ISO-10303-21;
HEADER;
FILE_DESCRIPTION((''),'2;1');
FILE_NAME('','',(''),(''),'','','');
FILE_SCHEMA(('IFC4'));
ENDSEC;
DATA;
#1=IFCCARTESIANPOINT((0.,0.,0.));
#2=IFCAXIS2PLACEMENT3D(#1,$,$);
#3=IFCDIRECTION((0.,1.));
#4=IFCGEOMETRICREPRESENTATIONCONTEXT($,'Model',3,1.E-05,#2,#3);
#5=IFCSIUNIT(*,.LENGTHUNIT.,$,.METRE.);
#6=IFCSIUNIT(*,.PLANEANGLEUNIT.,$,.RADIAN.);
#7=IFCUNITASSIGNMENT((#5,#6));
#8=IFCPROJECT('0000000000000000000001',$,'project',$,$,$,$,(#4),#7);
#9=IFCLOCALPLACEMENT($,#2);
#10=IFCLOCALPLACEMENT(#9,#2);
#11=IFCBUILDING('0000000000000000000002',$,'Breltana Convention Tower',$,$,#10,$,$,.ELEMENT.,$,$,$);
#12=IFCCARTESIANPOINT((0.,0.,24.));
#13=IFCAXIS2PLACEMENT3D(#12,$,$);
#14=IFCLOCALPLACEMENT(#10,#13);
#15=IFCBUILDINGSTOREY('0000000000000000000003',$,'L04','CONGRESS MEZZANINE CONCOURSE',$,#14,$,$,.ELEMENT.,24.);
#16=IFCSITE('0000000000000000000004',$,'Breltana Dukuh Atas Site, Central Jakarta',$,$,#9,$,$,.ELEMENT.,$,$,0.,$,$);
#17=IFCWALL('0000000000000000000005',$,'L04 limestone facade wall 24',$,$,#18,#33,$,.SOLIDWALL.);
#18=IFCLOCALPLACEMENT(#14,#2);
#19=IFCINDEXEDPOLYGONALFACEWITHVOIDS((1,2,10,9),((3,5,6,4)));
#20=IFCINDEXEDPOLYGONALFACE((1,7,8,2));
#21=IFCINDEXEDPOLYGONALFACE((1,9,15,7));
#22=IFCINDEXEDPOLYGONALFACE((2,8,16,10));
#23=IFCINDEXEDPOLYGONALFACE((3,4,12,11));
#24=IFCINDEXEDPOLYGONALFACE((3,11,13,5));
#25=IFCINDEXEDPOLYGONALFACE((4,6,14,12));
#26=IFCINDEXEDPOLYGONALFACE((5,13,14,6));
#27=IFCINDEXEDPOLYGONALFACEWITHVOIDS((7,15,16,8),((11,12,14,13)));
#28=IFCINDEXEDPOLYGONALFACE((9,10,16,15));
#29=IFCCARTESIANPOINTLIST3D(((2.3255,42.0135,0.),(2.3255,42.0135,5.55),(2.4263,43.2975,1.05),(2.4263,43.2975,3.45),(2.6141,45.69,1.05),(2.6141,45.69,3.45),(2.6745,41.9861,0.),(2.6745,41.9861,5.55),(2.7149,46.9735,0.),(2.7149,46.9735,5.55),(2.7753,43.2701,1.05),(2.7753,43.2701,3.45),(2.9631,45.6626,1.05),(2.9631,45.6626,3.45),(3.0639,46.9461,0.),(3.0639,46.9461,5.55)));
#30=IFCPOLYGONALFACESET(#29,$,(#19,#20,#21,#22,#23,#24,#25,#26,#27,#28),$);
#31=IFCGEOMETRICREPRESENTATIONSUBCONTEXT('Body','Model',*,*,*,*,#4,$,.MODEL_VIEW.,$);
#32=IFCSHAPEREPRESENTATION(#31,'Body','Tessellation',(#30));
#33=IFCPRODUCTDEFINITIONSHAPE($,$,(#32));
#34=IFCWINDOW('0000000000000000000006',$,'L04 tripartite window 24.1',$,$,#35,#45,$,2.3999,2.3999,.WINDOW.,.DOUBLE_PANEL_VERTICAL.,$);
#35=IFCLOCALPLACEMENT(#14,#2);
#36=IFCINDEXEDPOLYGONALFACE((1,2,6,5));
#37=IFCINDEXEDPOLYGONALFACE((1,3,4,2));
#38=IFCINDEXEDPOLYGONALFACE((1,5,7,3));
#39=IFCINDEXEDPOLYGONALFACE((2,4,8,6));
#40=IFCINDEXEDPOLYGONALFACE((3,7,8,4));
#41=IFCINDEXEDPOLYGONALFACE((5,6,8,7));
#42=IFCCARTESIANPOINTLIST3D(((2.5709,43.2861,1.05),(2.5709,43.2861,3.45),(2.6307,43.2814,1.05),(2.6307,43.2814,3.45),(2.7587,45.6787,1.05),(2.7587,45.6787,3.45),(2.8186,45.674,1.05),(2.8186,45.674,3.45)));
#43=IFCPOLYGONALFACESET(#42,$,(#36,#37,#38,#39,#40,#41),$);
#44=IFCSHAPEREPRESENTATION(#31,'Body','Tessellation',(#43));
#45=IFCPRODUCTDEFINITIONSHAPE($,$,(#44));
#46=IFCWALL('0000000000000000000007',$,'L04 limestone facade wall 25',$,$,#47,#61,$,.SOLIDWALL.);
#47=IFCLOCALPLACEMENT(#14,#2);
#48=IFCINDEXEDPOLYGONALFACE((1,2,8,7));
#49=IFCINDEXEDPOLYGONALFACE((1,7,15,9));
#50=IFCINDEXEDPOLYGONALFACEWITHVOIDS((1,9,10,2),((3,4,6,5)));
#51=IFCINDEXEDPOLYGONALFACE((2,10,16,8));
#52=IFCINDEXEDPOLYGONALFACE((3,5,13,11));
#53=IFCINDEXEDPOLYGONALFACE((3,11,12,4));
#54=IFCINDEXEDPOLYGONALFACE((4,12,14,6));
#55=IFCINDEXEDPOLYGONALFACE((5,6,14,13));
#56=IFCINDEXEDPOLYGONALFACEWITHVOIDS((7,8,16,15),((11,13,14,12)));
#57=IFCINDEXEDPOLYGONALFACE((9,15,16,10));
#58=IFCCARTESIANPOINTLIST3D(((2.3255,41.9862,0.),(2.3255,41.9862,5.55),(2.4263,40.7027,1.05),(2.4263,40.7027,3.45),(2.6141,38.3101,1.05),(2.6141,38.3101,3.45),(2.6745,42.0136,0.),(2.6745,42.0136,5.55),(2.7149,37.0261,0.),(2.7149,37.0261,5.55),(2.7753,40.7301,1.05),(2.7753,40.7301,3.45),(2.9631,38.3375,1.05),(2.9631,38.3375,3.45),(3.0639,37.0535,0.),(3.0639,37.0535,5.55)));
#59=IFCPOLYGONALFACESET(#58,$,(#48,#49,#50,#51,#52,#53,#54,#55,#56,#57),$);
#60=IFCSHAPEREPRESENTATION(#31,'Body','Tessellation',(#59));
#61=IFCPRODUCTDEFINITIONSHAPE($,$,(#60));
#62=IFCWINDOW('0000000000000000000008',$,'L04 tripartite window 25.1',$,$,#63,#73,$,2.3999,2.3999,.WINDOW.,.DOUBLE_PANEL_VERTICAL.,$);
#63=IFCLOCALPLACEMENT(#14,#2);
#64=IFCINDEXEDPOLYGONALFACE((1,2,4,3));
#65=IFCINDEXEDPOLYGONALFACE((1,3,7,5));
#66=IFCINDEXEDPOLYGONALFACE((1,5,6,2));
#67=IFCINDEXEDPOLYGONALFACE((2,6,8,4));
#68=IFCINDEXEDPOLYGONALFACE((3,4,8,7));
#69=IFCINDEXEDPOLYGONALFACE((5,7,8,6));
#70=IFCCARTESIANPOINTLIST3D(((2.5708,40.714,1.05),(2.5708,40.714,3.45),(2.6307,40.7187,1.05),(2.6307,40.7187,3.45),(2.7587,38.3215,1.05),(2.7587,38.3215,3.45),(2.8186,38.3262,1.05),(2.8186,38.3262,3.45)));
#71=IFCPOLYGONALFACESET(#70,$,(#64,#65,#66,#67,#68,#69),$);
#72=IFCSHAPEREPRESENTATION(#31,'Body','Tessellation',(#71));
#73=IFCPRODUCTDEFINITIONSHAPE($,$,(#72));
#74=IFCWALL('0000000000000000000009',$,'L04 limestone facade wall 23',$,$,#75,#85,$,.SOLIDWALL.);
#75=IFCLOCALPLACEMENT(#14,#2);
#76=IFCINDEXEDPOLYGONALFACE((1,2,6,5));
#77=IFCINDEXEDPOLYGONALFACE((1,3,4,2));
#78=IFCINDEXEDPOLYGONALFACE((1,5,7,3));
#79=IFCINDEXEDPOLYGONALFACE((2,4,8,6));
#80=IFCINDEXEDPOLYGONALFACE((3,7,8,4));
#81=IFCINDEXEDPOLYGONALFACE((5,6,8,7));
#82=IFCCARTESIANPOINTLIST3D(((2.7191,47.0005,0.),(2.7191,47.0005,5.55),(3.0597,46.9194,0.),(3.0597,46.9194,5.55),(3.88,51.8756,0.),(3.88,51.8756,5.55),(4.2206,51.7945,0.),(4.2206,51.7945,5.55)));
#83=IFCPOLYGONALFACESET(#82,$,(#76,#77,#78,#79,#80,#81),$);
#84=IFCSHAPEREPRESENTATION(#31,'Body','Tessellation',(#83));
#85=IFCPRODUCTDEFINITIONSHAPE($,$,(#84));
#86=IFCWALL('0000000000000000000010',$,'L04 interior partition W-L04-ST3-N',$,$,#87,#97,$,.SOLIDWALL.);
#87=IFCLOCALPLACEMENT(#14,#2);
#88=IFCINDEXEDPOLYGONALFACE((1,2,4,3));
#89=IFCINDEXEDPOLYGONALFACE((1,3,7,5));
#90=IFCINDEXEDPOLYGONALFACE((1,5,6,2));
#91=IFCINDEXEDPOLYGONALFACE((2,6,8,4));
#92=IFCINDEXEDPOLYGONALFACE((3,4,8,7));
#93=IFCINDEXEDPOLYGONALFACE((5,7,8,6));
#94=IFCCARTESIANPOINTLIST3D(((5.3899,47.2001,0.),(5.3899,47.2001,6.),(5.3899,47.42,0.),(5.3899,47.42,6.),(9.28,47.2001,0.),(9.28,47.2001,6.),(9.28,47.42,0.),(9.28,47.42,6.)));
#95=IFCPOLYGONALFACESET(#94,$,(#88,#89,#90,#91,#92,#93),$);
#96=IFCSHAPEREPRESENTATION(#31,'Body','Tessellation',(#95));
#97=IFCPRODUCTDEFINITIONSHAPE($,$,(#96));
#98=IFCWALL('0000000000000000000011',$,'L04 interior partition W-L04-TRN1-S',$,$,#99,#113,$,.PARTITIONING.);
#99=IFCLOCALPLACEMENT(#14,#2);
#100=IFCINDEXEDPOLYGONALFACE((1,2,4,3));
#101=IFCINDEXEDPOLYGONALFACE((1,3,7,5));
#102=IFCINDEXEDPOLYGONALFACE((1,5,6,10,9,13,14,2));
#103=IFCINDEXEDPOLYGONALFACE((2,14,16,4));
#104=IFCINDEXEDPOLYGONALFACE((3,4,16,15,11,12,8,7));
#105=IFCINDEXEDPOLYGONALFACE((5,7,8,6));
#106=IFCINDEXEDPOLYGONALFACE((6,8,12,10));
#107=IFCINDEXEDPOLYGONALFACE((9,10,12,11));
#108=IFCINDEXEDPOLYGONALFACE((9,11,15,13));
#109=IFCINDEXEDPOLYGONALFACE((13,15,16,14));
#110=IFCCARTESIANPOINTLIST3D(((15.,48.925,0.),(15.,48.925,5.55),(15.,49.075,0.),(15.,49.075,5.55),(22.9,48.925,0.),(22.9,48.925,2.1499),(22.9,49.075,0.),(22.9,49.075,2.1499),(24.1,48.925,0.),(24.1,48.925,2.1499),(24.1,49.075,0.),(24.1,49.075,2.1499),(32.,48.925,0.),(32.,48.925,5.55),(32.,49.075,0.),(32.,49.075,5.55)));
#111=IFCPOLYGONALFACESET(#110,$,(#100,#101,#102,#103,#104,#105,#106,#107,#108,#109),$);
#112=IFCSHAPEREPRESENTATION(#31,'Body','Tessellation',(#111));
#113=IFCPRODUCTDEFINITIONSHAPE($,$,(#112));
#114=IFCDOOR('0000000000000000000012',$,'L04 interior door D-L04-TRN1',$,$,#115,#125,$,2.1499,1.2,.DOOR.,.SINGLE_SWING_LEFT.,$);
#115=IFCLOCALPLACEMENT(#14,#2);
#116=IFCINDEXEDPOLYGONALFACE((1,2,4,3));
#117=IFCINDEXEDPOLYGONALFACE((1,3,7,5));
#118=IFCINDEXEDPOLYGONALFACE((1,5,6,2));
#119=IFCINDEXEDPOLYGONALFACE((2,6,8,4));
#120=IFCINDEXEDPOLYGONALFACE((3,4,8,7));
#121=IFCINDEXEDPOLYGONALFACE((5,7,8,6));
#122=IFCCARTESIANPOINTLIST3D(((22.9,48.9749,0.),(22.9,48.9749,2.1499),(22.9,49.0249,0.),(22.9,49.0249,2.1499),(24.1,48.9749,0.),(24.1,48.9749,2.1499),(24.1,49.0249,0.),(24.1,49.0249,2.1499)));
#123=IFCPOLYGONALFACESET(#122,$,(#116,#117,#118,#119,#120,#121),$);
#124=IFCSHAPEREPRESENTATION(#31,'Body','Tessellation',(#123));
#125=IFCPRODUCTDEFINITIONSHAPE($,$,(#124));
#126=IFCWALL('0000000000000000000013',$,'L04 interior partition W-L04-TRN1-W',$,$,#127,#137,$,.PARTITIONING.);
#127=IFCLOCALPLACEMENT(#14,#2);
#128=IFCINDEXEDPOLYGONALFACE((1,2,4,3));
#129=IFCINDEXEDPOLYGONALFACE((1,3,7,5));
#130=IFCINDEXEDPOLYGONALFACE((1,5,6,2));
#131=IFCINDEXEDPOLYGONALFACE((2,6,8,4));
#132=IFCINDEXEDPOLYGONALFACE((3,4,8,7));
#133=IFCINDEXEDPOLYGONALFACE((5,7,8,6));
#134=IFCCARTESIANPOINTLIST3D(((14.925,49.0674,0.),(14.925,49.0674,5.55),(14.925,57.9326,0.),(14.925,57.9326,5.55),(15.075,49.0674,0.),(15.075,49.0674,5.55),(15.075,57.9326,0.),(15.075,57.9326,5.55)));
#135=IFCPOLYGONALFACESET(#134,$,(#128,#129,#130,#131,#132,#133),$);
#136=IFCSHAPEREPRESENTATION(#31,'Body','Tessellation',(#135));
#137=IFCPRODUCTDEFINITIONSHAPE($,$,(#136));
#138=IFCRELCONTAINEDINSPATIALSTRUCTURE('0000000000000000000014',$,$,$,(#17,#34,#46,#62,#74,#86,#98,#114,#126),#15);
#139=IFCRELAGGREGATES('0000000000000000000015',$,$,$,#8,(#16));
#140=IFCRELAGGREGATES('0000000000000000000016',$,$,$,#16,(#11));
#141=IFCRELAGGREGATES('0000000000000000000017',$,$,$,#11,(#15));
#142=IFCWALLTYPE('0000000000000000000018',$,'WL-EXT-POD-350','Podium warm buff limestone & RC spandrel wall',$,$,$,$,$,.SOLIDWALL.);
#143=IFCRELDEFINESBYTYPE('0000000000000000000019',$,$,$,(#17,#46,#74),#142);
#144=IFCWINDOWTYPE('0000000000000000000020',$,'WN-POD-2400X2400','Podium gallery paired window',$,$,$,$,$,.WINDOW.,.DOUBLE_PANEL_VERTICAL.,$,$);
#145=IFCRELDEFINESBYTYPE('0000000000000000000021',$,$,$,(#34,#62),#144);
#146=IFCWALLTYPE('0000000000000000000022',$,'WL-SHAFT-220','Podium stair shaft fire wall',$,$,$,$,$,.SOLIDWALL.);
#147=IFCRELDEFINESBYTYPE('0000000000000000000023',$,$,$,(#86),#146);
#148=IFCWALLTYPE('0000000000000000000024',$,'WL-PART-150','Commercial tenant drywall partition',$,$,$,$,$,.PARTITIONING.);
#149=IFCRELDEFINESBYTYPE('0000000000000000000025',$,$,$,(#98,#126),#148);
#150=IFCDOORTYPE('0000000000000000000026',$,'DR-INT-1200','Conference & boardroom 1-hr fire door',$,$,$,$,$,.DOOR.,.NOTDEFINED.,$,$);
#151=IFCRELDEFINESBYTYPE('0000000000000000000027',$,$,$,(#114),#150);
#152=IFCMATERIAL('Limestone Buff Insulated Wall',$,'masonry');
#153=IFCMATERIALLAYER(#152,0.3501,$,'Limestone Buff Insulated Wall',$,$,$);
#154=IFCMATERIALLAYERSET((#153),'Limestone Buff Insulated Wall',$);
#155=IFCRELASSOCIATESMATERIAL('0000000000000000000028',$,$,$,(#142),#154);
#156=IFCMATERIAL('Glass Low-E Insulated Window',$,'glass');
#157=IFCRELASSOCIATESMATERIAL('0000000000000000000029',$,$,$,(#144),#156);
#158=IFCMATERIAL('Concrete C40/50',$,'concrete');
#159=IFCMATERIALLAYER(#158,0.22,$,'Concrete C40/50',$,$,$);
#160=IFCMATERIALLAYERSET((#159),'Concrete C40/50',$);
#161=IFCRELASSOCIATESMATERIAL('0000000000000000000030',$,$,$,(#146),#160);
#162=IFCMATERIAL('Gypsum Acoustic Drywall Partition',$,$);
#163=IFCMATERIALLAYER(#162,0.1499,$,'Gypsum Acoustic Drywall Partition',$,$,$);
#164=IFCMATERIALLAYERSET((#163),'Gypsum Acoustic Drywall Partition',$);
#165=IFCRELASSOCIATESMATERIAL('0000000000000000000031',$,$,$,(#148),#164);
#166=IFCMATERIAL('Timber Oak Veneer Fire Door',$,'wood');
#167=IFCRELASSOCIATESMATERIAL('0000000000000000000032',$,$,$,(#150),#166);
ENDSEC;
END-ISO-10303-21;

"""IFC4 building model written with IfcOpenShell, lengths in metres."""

from ifc_helpers import new_model, si_unit, direction, frame, frame_2d, origin, place, context, subcontext, project, spatial, rectangle, extrude, source, transform, mapped, material, layer, layer_set, type_object, type_shapes, element, fill, save


model = new_model("IFC4")

# Units and contexts
model_context = context("Model", 3, precision=1e-05, world=origin(), true_north=direction((0.0, 1.0)))
body_context = subcontext(model_context, "Body", "Model", "MODEL_VIEW")
ifc_project = project(units=[si_unit("LENGTHUNIT", "METRE"), si_unit("PLANEANGLEUNIT", "RADIAN")], contexts=[model_context])

# Site, building, storey
site_placement = place(None, origin())
site = spatial("IfcSite", under=ifc_project, at=site_placement, Name="Breltana Dukuh Atas Site, Central Jakarta", CompositionType="ELEMENT", RefElevation=0.0)
building_placement = place(site_placement, origin())
building = spatial("IfcBuilding", under=site, at=building_placement, Name="Breltana Convention Tower", CompositionType="ELEMENT")
storey_placement = place(building_placement, frame((0.0, 0.0, 24.0)))
storey = spatial("IfcBuildingStorey", under=building, at=storey_placement, Name="L04", Description="CONGRESS MEZZANINE CONCOURSE", CompositionType="ELEMENT", Elevation=24.0)

# Walls, openings, windows
ifc_material_1 = material(Name="Limestone Buff Insulated Wall", Category="masonry")
ifc_layer_1 = layer(ifc_material_1, 0.3501, Name="Limestone Buff Insulated Wall")
ifc_layer_set_1 = layer_set([ifc_layer_1], Name="Limestone Buff Insulated Wall")
wall_type_1 = type_object("IfcWallType", Name="WL-EXT-POD-350", Description="Podium warm buff limestone & RC spandrel wall", PredefinedType="SOLIDWALL", material=ifc_layer_set_1)
shared_shape_1 = source(origin(), body_context, "Body", "SweptSolid", [
    extrude(rectangle(XDim=4.9753, YDim=0.3501, at=frame_2d((2.4878, 0.0))), origin(), (0.0, 0.0, 1.0), 5.55),
])
wall_1_placement = place(storey_placement, frame((2.8894, 46.96, 0.0), z_axis=(0.0, 0.0, 1.0), x_axis=(-0.078269, -0.996932, 0.0)))
wall_1 = element("IfcWall", 1, at=wall_1_placement, inside=storey, type_object=wall_type_1, Name="L04 limestone facade wall 24", PredefinedType="SOLIDWALL", context=body_context, shape_type="MappedRepresentation", body=[
    mapped(shared_shape_1, transform((0.0, 0.0, 0.0), scale=1.0)),
])
opening_1_placement = place(wall_1_placement, frame((1.2876, 0.0, 1.05)))
opening_1 = element("IfcOpeningElement", 2, at=opening_1_placement, cuts=wall_1, PredefinedType="OPENING", context=body_context, shape_type="SweptSolid", body=[
    extrude(rectangle(XDim=2.3999, YDim=2.3999, at=frame_2d((1.2, 1.2))), frame((0.0, 0.1851, 0.0), z_axis=(0.0, -1.0, 0.0), x_axis=(1.0, 0.0, 0.0)), (0.0, 0.0, 1.0), 0.3701),
])
ifc_material_2 = material(Name="Glass Low-E Insulated Window", Category="glass")
window_type = type_object("IfcWindowType", Name="WN-POD-2400X2400", Description="Podium gallery paired window", PartitioningType="DOUBLE_PANEL_VERTICAL", PredefinedType="WINDOW", material=ifc_material_2)
shared_shape_2 = source(origin(), body_context, "Body", "SweptSolid", [
    extrude(rectangle(XDim=2.3999, YDim=2.3999, at=frame_2d((1.2, 1.2))), frame((0.0, 0.03, 0.0), z_axis=(0.0, -1.0, 0.0), x_axis=(1.0, 0.0, 0.0)), (0.0, 0.0, 1.0), 0.0601),
])
type_shapes(window_type, [shared_shape_2])
window_1_placement = place(opening_1_placement, origin())
window_1 = element("IfcWindow", 3, at=window_1_placement, inside=storey, type_object=window_type, Name="L04 tripartite window 24.1", OverallHeight=2.3999, OverallWidth=2.3999, PartitioningType="DOUBLE_PANEL_VERTICAL", PredefinedType="WINDOW", context=body_context, shape_type="MappedRepresentation", body=[
    mapped(shared_shape_2, transform((0.0, 0.0, 0.0), scale=1.0)),
])
fill(opening_1, window_1)
wall_2_placement = place(storey_placement, frame((2.5, 42.0, 0.0), z_axis=(0.0, 0.0, 1.0), x_axis=(0.078269, -0.996932, 0.0)))
wall_2 = element("IfcWall", 4, at=wall_2_placement, inside=storey, type_object=wall_type_1, Name="L04 limestone facade wall 25", PredefinedType="SOLIDWALL", context=body_context, shape_type="MappedRepresentation", body=[
    mapped(shared_shape_1, transform((0.0, 0.0, 0.0), scale=1.0)),
])
opening_2_placement = place(wall_2_placement, frame((1.2876, 0.0, 1.05)))
opening_2 = element("IfcOpeningElement", 5, at=opening_2_placement, cuts=wall_2, PredefinedType="OPENING", context=body_context, shape_type="SweptSolid", body=[
    extrude(rectangle(XDim=2.3999, YDim=2.3999, at=frame_2d((1.2, 1.2))), frame((0.0, 0.1851, 0.0), z_axis=(0.0, -1.0, 0.0), x_axis=(1.0, 0.0, 0.0)), (0.0, 0.0, 1.0), 0.3701),
])
window_2_placement = place(opening_2_placement, origin())
window_2 = element("IfcWindow", 6, at=window_2_placement, inside=storey, type_object=window_type, Name="L04 tripartite window 25.1", OverallHeight=2.3999, OverallWidth=2.3999, PartitioningType="DOUBLE_PANEL_VERTICAL", PredefinedType="WINDOW", context=body_context, shape_type="MappedRepresentation", body=[
    mapped(shared_shape_2, transform((0.0, 0.0, 0.0), scale=1.0)),
])
fill(opening_2, window_2)

# Walls
shared_shape_3 = source(origin(), body_context, "Body", "SweptSolid", [
    extrude(rectangle(XDim=5.0115, YDim=0.3501, at=frame_2d((2.5059, 0.0))), origin(), (0.0, 0.0, 1.0), 5.55),
])
wall_3_placement = place(storey_placement, frame((4.0503, 51.8352, 0.0), z_axis=(0.0, 0.0, 1.0), x_axis=(-0.231642, -0.972801, 0.0)))
element("IfcWall", 7, at=wall_3_placement, inside=storey, type_object=wall_type_1, Name="L04 limestone facade wall 23", PredefinedType="SOLIDWALL", context=body_context, shape_type="MappedRepresentation", body=[
    mapped(shared_shape_3, transform((0.0, 0.0, 0.0), scale=1.0)),
])
ifc_material_3 = material(Name="Concrete C40/50", Category="concrete")
ifc_layer_2 = layer(ifc_material_3, 0.22, Name="Concrete C40/50")
ifc_layer_set_2 = layer_set([ifc_layer_2], Name="Concrete C40/50")
wall_type_2 = type_object("IfcWallType", Name="WL-SHAFT-220", Description="Podium stair shaft fire wall", PredefinedType="SOLIDWALL", material=ifc_layer_set_2)
shared_shape_4 = source(origin(), body_context, "Body", "SweptSolid", [
    extrude(rectangle(XDim=3.8901, YDim=0.22, at=frame_2d((1.9451, 0.0))), origin(), (0.0, 0.0, 1.0), 6.0),
])
wall_4_placement = place(storey_placement, frame((5.3899, 47.3101, 0.0), z_axis=(0.0, 0.0, 1.0), x_axis=(1.0, 0.0, 0.0)))
element("IfcWall", 8, at=wall_4_placement, inside=storey, type_object=wall_type_2, Name="L04 interior partition W-L04-ST3-N", PredefinedType="SOLIDWALL", context=body_context, shape_type="MappedRepresentation", body=[
    mapped(shared_shape_4, transform((0.0, 0.0, 0.0), scale=1.0)),
])

# Wall, opening, door
ifc_material_4 = material(Name="Gypsum Acoustic Drywall Partition")
ifc_layer_3 = layer(ifc_material_4, 0.1499, Name="Gypsum Acoustic Drywall Partition")
ifc_layer_set_3 = layer_set([ifc_layer_3], Name="Gypsum Acoustic Drywall Partition")
wall_type_3 = type_object("IfcWallType", Name="WL-PART-150", Description="Commercial tenant drywall partition", PredefinedType="PARTITIONING", material=ifc_layer_set_3)
shared_shape_5 = source(origin(), body_context, "Body", "SweptSolid", [
    extrude(rectangle(XDim=17.0, YDim=0.1499, at=frame_2d((8.5, 0.0))), origin(), (0.0, 0.0, 1.0), 5.55),
])
wall_5_placement = place(storey_placement, frame((15.0, 49.0, 0.0), z_axis=(0.0, 0.0, 1.0), x_axis=(1.0, 0.0, 0.0)))
wall_5 = element("IfcWall", 9, at=wall_5_placement, inside=storey, type_object=wall_type_3, Name="L04 interior partition W-L04-TRN1-S", PredefinedType="PARTITIONING", context=body_context, shape_type="MappedRepresentation", body=[
    mapped(shared_shape_5, transform((0.0, 0.0, 0.0), scale=1.0)),
])
opening_3_placement = place(wall_5_placement, frame((7.8999, 0.0, 0.0)))
opening_3 = element("IfcOpeningElement", 10, at=opening_3_placement, cuts=wall_5, PredefinedType="OPENING", context=body_context, shape_type="SweptSolid", body=[
    extrude(rectangle(XDim=1.2, YDim=2.1499, at=frame_2d((0.6001, 1.075))), frame((0.0, 0.085, 0.0), z_axis=(0.0, -1.0, 0.0), x_axis=(1.0, 0.0, 0.0)), (0.0, 0.0, 1.0), 0.1699),
])
ifc_material_5 = material(Name="Timber Oak Veneer Fire Door", Category="wood")
door_type = type_object("IfcDoorType", Name="DR-INT-1200", Description="Conference & boardroom 1-hr fire door", OperationType="NOTDEFINED", PredefinedType="DOOR", material=ifc_material_5)
shared_shape_6 = source(origin(), body_context, "Body", "SweptSolid", [
    extrude(rectangle(XDim=1.2, YDim=2.1499, at=frame_2d((0.6001, 1.075))), frame((0.0, 0.0249, 0.0), z_axis=(0.0, -1.0, 0.0), x_axis=(1.0, 0.0, 0.0)), (0.0, 0.0, 1.0), 0.05),
])
type_shapes(door_type, [shared_shape_6])
door_placement = place(opening_3_placement, origin())
door = element("IfcDoor", 11, at=door_placement, inside=storey, type_object=door_type, Name="L04 interior door D-L04-TRN1", OperationType="SINGLE_SWING_LEFT", OverallHeight=2.1499, OverallWidth=1.2, PredefinedType="DOOR", context=body_context, shape_type="MappedRepresentation", body=[
    mapped(shared_shape_6, transform((0.0, 0.0, 0.0), scale=1.0)),
])
fill(opening_3, door)

# Wall
shared_shape_7 = source(origin(), body_context, "Body", "SweptSolid", [
    extrude(rectangle(XDim=8.8652, YDim=0.1499, at=frame_2d((4.4326, 0.0))), origin(), (0.0, 0.0, 1.0), 5.55),
])
wall_6_placement = place(storey_placement, frame((15.0, 49.0674, 0.0), z_axis=(0.0, 0.0, 1.0), x_axis=(0.0, 1.0, 0.0)))
element("IfcWall", 12, at=wall_6_placement, inside=storey, type_object=wall_type_3, Name="L04 interior partition W-L04-TRN1-W", PredefinedType="PARTITIONING", context=body_context, shape_type="MappedRepresentation", body=[
    mapped(shared_shape_7, transform((0.0, 0.0, 0.0), scale=1.0)),
])

save(model, "model.ifc")
